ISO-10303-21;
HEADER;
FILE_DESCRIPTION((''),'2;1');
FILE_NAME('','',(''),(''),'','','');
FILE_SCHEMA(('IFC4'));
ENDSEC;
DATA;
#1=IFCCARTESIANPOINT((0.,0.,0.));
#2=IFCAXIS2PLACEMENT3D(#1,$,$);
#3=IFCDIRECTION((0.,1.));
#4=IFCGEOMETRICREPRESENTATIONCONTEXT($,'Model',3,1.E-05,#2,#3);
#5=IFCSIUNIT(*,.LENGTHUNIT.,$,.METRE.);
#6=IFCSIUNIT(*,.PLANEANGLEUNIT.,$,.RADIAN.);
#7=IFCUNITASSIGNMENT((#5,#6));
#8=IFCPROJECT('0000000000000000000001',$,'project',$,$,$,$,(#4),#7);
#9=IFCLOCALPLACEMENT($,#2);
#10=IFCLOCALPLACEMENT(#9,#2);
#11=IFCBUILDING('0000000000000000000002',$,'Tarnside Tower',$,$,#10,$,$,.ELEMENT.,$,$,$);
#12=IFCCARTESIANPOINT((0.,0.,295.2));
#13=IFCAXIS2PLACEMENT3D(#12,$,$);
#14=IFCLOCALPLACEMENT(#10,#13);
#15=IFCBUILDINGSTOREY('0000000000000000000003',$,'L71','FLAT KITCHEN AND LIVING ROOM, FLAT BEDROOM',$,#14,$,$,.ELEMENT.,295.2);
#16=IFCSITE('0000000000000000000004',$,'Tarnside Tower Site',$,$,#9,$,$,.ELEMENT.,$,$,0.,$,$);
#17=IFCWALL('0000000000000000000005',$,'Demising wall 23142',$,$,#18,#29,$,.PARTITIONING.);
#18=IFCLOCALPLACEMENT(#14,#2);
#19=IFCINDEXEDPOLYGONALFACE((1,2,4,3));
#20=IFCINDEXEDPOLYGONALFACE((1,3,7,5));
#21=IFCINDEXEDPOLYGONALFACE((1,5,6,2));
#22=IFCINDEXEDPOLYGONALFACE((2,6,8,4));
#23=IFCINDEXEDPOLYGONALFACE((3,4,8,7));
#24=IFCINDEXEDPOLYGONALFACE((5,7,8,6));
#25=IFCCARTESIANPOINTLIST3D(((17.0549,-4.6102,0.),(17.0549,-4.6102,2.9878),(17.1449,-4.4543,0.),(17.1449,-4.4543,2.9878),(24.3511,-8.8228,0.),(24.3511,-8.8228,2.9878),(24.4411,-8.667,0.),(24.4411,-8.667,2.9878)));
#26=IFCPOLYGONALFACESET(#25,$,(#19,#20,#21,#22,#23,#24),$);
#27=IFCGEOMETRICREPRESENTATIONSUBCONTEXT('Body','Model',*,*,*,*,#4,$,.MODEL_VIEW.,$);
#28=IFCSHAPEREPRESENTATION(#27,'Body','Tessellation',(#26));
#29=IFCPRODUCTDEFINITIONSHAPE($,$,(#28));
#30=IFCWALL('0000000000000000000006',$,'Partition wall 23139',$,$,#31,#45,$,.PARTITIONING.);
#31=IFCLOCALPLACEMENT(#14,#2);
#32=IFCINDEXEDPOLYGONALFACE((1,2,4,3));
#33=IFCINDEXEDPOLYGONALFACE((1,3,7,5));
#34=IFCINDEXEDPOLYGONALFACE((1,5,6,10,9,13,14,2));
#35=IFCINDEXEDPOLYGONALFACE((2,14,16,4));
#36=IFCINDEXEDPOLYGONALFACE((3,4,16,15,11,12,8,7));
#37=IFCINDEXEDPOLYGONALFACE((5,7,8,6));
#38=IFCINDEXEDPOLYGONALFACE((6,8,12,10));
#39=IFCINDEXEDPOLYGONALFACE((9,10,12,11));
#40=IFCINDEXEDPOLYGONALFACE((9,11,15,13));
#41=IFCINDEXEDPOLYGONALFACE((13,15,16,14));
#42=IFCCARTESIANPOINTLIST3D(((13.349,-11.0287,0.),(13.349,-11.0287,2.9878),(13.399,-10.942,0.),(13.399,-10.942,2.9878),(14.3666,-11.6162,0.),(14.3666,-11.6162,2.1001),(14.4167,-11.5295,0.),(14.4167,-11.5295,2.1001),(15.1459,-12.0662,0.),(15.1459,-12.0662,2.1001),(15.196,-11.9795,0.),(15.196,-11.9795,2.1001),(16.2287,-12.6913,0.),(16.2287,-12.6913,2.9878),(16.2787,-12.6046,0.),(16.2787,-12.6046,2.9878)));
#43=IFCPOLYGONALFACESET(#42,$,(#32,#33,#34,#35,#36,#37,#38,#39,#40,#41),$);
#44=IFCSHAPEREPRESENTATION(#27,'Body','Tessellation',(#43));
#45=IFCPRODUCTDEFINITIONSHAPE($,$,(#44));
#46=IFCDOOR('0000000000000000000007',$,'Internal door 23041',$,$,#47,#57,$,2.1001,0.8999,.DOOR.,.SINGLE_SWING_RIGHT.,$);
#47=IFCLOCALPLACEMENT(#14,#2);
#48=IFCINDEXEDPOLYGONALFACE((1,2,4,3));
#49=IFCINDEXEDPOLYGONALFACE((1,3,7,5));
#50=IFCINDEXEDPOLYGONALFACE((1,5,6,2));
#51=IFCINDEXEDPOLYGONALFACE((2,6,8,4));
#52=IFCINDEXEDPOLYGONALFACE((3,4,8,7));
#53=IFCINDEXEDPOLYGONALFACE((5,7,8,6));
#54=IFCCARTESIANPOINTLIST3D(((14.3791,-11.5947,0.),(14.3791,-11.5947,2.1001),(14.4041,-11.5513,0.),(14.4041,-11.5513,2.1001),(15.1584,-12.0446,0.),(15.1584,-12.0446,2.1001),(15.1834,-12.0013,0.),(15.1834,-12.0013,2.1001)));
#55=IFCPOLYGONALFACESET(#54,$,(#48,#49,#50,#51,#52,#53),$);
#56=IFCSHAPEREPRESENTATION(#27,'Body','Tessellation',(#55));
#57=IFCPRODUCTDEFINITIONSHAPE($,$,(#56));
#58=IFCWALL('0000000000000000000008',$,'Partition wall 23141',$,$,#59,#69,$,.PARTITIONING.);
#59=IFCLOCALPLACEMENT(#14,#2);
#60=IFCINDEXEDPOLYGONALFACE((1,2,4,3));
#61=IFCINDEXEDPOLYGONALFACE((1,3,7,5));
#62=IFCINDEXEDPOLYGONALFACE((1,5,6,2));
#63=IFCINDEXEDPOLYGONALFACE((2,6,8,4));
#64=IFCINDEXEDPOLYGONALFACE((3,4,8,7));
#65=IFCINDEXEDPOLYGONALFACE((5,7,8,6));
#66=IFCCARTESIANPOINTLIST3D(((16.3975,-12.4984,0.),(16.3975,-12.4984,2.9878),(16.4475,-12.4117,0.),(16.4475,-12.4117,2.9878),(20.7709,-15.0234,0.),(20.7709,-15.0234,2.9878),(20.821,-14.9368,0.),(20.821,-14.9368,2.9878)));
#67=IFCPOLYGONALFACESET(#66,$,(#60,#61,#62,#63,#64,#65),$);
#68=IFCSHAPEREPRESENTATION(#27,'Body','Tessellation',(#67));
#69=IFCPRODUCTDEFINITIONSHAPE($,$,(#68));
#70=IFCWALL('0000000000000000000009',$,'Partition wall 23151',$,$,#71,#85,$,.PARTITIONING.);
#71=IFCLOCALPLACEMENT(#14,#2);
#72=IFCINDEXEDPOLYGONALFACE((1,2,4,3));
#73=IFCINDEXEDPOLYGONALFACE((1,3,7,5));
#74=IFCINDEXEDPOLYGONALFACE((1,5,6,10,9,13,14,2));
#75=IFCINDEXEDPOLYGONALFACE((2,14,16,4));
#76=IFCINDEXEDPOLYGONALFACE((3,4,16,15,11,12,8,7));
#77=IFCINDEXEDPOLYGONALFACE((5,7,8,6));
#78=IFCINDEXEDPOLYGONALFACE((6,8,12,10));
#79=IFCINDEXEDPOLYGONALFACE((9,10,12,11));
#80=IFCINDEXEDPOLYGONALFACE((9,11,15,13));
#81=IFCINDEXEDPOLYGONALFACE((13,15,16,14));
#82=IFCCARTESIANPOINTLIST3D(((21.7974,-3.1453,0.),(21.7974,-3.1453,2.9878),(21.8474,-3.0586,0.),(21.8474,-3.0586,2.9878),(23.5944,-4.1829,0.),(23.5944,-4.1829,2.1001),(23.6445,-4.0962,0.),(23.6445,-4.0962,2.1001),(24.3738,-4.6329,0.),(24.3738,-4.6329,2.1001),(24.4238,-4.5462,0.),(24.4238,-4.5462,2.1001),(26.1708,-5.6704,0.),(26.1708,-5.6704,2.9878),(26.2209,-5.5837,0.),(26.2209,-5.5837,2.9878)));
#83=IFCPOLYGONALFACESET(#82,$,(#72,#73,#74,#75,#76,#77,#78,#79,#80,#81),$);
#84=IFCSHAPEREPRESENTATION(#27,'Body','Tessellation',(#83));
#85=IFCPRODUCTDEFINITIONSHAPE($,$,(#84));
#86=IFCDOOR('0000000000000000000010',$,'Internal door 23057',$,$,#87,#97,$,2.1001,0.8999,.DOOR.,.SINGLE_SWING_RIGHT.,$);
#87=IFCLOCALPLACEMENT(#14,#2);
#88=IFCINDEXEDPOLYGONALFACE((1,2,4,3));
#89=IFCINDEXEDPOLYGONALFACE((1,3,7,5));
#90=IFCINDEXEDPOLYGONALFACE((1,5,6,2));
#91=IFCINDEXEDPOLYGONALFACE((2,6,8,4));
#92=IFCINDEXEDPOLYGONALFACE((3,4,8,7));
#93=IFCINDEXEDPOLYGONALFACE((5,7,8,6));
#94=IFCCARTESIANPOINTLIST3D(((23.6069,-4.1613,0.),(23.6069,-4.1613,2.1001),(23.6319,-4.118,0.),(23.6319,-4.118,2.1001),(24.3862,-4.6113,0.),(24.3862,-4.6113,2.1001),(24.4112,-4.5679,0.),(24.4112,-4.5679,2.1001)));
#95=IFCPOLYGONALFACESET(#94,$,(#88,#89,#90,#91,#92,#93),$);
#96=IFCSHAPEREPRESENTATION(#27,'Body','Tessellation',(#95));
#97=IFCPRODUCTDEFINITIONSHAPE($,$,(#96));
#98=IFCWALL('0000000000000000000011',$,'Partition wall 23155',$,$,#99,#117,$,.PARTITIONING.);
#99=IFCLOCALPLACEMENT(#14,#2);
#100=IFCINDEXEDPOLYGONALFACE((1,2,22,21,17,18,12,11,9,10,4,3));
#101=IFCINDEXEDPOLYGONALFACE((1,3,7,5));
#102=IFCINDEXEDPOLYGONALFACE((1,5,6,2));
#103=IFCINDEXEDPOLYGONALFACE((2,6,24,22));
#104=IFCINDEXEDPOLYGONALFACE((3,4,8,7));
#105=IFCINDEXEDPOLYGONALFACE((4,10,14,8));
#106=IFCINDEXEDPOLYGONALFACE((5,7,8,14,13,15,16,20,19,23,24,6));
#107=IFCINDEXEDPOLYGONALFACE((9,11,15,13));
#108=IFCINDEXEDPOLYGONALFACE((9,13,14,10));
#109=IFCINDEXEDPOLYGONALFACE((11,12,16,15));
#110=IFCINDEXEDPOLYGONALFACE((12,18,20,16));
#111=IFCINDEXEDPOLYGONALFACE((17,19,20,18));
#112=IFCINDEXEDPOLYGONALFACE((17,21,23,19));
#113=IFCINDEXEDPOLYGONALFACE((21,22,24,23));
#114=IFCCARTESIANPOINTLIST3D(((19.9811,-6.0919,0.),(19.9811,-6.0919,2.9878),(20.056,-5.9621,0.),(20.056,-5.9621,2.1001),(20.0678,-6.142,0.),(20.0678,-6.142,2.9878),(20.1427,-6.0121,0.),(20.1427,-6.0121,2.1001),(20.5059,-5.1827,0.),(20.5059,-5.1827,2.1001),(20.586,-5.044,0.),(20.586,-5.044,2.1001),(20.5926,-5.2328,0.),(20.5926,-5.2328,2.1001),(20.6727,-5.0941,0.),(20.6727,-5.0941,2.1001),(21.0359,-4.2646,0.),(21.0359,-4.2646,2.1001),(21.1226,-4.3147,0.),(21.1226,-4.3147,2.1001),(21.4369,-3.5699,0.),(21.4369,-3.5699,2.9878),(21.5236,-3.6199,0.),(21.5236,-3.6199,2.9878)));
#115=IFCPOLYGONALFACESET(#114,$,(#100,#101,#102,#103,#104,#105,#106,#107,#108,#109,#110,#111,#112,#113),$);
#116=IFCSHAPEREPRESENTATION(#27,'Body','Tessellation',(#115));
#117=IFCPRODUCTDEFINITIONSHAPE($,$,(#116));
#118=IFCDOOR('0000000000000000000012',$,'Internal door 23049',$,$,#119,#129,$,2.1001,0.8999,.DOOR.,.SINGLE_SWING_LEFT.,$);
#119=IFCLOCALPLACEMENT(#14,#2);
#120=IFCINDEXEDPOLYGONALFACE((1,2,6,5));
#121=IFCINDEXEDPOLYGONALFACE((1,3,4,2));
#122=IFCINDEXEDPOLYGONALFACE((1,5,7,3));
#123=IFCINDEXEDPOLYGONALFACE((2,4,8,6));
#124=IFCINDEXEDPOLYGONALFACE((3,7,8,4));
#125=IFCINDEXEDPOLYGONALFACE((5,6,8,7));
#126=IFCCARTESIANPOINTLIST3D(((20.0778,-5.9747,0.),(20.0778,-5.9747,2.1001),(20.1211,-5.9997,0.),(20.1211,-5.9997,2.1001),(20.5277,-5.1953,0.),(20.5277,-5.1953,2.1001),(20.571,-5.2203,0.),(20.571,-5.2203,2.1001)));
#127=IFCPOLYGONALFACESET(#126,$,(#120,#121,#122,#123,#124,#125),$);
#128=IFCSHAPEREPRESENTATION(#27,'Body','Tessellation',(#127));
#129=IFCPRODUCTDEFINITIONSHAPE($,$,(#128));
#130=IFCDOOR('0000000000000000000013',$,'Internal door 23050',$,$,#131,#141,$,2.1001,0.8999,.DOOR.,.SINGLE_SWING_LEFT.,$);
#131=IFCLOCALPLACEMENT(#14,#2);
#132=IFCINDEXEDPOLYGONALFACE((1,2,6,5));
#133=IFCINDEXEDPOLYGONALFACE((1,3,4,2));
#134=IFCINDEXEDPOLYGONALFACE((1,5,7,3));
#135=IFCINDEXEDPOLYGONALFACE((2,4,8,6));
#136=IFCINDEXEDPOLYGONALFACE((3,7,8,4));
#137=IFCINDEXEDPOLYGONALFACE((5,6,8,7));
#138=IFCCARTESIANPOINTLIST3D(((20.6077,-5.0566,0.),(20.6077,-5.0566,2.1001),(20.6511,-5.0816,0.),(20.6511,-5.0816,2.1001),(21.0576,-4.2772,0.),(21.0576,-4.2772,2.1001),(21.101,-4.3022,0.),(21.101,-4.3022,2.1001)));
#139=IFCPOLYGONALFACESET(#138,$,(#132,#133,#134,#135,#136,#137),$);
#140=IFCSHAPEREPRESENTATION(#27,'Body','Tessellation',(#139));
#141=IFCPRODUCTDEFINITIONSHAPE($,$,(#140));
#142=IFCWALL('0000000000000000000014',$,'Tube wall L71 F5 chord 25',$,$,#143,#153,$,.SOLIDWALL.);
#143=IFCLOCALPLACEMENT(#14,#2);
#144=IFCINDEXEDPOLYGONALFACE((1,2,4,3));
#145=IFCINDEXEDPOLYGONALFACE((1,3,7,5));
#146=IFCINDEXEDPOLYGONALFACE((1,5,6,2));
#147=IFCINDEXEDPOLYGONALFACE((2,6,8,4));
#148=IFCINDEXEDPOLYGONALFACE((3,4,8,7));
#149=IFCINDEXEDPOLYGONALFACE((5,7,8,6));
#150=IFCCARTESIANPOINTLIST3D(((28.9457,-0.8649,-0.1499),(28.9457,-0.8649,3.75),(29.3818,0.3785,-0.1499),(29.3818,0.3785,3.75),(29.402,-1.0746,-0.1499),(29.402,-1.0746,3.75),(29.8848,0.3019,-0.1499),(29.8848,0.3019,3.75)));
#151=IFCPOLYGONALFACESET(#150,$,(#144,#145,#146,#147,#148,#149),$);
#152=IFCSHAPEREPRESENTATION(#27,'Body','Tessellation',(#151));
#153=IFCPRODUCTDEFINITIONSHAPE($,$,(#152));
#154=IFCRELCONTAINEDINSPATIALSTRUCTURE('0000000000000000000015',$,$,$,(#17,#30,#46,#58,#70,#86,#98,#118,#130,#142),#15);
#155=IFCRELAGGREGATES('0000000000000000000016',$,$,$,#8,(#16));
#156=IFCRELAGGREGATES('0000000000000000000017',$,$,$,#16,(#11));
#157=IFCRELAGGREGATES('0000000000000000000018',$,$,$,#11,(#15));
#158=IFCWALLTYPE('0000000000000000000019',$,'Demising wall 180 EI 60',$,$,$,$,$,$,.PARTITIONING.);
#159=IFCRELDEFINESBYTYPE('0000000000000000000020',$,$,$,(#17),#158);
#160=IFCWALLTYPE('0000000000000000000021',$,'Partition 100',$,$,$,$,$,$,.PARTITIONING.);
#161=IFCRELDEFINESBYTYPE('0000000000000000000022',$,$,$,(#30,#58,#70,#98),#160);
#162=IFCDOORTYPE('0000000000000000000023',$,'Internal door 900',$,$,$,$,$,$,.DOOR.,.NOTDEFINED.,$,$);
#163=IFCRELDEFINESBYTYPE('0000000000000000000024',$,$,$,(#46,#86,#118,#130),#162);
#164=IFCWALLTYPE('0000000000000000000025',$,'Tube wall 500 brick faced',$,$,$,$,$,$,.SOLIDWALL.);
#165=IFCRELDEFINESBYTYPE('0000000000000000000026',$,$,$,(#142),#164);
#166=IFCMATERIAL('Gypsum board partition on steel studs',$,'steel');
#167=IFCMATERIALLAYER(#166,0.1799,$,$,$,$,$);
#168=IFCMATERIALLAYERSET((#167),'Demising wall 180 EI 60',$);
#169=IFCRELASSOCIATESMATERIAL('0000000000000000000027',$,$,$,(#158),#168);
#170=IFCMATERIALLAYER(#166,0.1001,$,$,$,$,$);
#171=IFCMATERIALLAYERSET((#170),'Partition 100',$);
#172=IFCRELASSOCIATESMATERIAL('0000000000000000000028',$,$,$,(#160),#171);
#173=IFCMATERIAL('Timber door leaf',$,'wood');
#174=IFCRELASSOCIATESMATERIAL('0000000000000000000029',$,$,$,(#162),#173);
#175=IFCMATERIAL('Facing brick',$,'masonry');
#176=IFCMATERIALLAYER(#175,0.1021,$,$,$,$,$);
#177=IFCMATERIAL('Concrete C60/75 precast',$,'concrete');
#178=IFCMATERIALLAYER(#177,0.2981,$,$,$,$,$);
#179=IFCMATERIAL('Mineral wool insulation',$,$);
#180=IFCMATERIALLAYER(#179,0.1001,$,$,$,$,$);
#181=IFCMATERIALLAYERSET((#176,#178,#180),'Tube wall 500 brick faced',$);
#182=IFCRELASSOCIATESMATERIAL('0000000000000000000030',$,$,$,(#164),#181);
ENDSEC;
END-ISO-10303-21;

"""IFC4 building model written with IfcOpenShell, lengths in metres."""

from ifc_helpers import new_model, si_unit, direction, frame, frame_2d, origin, place, context, subcontext, project, spatial, polyline, rectangle, outline, extrude, material, layer, layer_set, type_object, element, fill, save


model = new_model("IFC4")

# Units and contexts
model_context = context("Model", 3, precision=1e-05, world=origin(), true_north=direction((0.0, 1.0)))
body_context = subcontext(model_context, "Body", "Model", "MODEL_VIEW")
ifc_project = project(units=[si_unit("LENGTHUNIT", "METRE"), si_unit("PLANEANGLEUNIT", "RADIAN")], contexts=[model_context])

# Site, building, storey
site_placement = place(None, origin())
site = spatial("IfcSite", under=ifc_project, at=site_placement, Name="Tarnside Tower Site", CompositionType="ELEMENT", RefElevation=0.0)
building_placement = place(site_placement, origin())
building = spatial("IfcBuilding", under=site, at=building_placement, Name="Tarnside Tower", CompositionType="ELEMENT")
storey_placement = place(building_placement, frame((0.0, 0.0, 295.2)))
storey = spatial("IfcBuildingStorey", under=building, at=storey_placement, Name="L71", Description="FLAT KITCHEN AND LIVING ROOM, FLAT BEDROOM", CompositionType="ELEMENT", Elevation=295.2)

# Shared definitions
ifc_material_1 = material(Name="Gypsum board partition on steel studs", Category="steel")
ifc_material_2 = material(Name="Timber door leaf", Category="wood")

# Wall
ifc_layer_1 = layer(ifc_material_1, 0.1799)
ifc_layer_set_1 = layer_set([ifc_layer_1], Name="Demising wall 180 EI 60")
wall_type_1 = type_object("IfcWallType", Name="Demising wall 180 EI 60", PredefinedType="PARTITIONING", material=ifc_layer_set_1)
wall_1_placement = place(storey_placement, frame((24.396, -8.7449, 0.0), z_axis=(0.0, 0.0, 1.0), x_axis=(-0.866014, 0.500019, 0.0)))
element("IfcWall", 1, at=wall_1_placement, inside=storey, type_object=wall_type_1, Name="Demising wall 23142", PredefinedType="PARTITIONING", context=body_context, shape_type="SweptSolid", body=[
    extrude(rectangle(XDim=8.425, YDim=0.1799, at=frame_2d((4.2124, 0.0))), origin(), (0.0, 0.0, 1.0), 2.9878),
])

# Wall, opening, door
ifc_layer_2 = layer(ifc_material_1, 0.1001)
ifc_layer_set_2 = layer_set([ifc_layer_2], Name="Partition 100")
wall_type_2 = type_object("IfcWallType", Name="Partition 100", PredefinedType="PARTITIONING", material=ifc_layer_set_2)
wall_2_placement = place(storey_placement, frame((13.374, -10.9854, 0.0), z_axis=(0.0, 0.0, 1.0), x_axis=(0.866021, -0.500008, 0.0)))
wall_2 = element("IfcWall", 2, at=wall_2_placement, inside=storey, type_object=wall_type_2, Name="Partition wall 23139", PredefinedType="PARTITIONING", context=body_context, shape_type="SweptSolid", body=[
    extrude(rectangle(XDim=3.3252, YDim=0.1001, at=frame_2d((1.6626, 0.0))), origin(), (0.0, 0.0, 1.0), 2.9878),
])
opening_1_placement = place(wall_2_placement, frame((1.175, 0.0, 0.0)))
opening_1 = element("IfcOpeningElement", 3, at=opening_1_placement, cuts=wall_2, PredefinedType="OPENING", context=body_context, shape_type="SweptSolid", body=[
    extrude(rectangle(XDim=0.8999, YDim=2.1001, at=frame_2d((0.45, 1.05))), frame((0.0, 0.0601, 0.0), z_axis=(0.0, -1.0, 0.0), x_axis=(1.0, 0.0, 0.0)), (0.0, 0.0, 1.0), 0.1201),
])
door_type_1 = type_object("IfcDoorType", Name="Internal door 900", OperationType="NOTDEFINED", PredefinedType="DOOR", material=ifc_material_2)
door_1_placement = place(opening_1_placement, origin())
door_1 = element("IfcDoor", 4, at=door_1_placement, inside=storey, type_object=door_type_1, Name="Internal door 23041", OperationType="SINGLE_SWING_RIGHT", OverallHeight=2.1001, OverallWidth=0.8999, PredefinedType="DOOR", context=body_context, shape_type="SweptSolid", body=[
    extrude(rectangle(XDim=0.8999, YDim=2.1001, at=frame_2d((0.45, 1.05))), frame((0.0, 0.0249, 0.0), z_axis=(0.0, -1.0, 0.0), x_axis=(1.0, 0.0, 0.0)), (0.0, 0.0, 1.0), 0.05),
])
fill(opening_1, door_1)

# Wall
wall_3_placement = place(storey_placement, frame((16.4226, -12.4551, 0.0), z_axis=(0.0, 0.0, 1.0), x_axis=(0.866018, -0.500013, 0.0)))
element("IfcWall", 5, at=wall_3_placement, inside=storey, type_object=wall_type_2, Name="Partition wall 23141", PredefinedType="PARTITIONING", context=body_context, shape_type="SweptSolid", body=[
    extrude(rectangle(XDim=5.05, YDim=0.1001, at=frame_2d((2.5249, 0.0))), origin(), (0.0, 0.0, 1.0), 2.9878),
])

# Wall, opening, door
wall_4_placement = place(storey_placement, frame((21.8225, -3.1021, 0.0), z_axis=(0.0, 0.0, 1.0), x_axis=(0.866018, -0.500013, 0.0)))
wall_4 = element("IfcWall", 6, at=wall_4_placement, inside=storey, type_object=wall_type_2, Name="Partition wall 23151", PredefinedType="PARTITIONING", context=body_context, shape_type="SweptSolid", body=[
    extrude(rectangle(XDim=5.05, YDim=0.1001, at=frame_2d((2.5249, 0.0))), origin(), (0.0, 0.0, 1.0), 2.9878),
])
opening_2_placement = place(wall_4_placement, frame((2.075, 0.0, 0.0)))
opening_2 = element("IfcOpeningElement", 7, at=opening_2_placement, cuts=wall_4, PredefinedType="OPENING", context=body_context, shape_type="SweptSolid", body=[
    extrude(rectangle(XDim=0.8999, YDim=2.1001, at=frame_2d((0.45, 1.05))), frame((0.0, 0.0601, 0.0), z_axis=(0.0, -1.0, 0.0), x_axis=(1.0, 0.0, 0.0)), (0.0, 0.0, 1.0), 0.1201),
])
door_2_placement = place(opening_2_placement, origin())
door_2 = element("IfcDoor", 8, at=door_2_placement, inside=storey, type_object=door_type_1, Name="Internal door 23057", OperationType="SINGLE_SWING_RIGHT", OverallHeight=2.1001, OverallWidth=0.8999, PredefinedType="DOOR", context=body_context, shape_type="SweptSolid", body=[
    extrude(rectangle(XDim=0.8999, YDim=2.1001, at=frame_2d((0.45, 1.05))), frame((0.0, 0.0249, 0.0), z_axis=(0.0, -1.0, 0.0), x_axis=(1.0, 0.0, 0.0)), (0.0, 0.0, 1.0), 0.05),
])
fill(opening_2, door_2)

# Wall, openings, doors
wall_5_placement = place(storey_placement, frame((20.0244, -6.1169, 0.0), z_axis=(0.0, 0.0, 1.0), x_axis=(0.499935, 0.866063, 0.0)))
wall_5 = element("IfcWall", 9, at=wall_5_placement, inside=storey, type_object=wall_type_2, Name="Partition wall 23155", PredefinedType="PARTITIONING", context=body_context, shape_type="SweptSolid", body=[
    extrude(rectangle(XDim=2.9121, YDim=0.1001, at=frame_2d((1.4561, 0.0))), origin(), (0.0, 0.0, 1.0), 2.9878),
])
opening_3_placement = place(wall_5_placement, frame((0.1499, 0.0, 0.0)))
opening_3 = element("IfcOpeningElement", 10, at=opening_3_placement, cuts=wall_5, PredefinedType="OPENING", context=body_context, shape_type="SweptSolid", body=[
    extrude(rectangle(XDim=0.8999, YDim=2.1001, at=frame_2d((0.45, 1.05))), frame((0.0, 0.0601, 0.0), z_axis=(0.0, -1.0, 0.0), x_axis=(1.0, 0.0, 0.0)), (0.0, 0.0, 1.0), 0.1201),
])
opening_4_placement = place(wall_5_placement, frame((1.21, 0.0, 0.0)))
opening_4 = element("IfcOpeningElement", 11, at=opening_4_placement, cuts=wall_5, PredefinedType="OPENING", context=body_context, shape_type="SweptSolid", body=[
    extrude(rectangle(XDim=0.8999, YDim=2.1001, at=frame_2d((0.45, 1.05))), frame((0.0, 0.0601, 0.0), z_axis=(0.0, -1.0, 0.0), x_axis=(1.0, 0.0, 0.0)), (0.0, 0.0, 1.0), 0.1201),
])
door_3_placement = place(opening_3_placement, origin())
door_3 = element("IfcDoor", 12, at=door_3_placement, inside=storey, type_object=door_type_1, Name="Internal door 23049", OperationType="SINGLE_SWING_LEFT", OverallHeight=2.1001, OverallWidth=0.8999, PredefinedType="DOOR", context=body_context, shape_type="SweptSolid", body=[
    extrude(rectangle(XDim=0.8999, YDim=2.1001, at=frame_2d((0.45, 1.05))), frame((0.0, 0.0249, 0.0), z_axis=(0.0, -1.0, 0.0), x_axis=(1.0, 0.0, 0.0)), (0.0, 0.0, 1.0), 0.05),
])
fill(opening_3, door_3)
door_4_placement = place(opening_4_placement, origin())
door_4 = element("IfcDoor", 13, at=door_4_placement, inside=storey, type_object=door_type_1, Name="Internal door 23050", OperationType="SINGLE_SWING_LEFT", OverallHeight=2.1001, OverallWidth=0.8999, PredefinedType="DOOR", context=body_context, shape_type="SweptSolid", body=[
    extrude(rectangle(XDim=0.8999, YDim=2.1001, at=frame_2d((0.45, 1.05))), frame((0.0, 0.0249, 0.0), z_axis=(0.0, -1.0, 0.0), x_axis=(1.0, 0.0, 0.0)), (0.0, 0.0, 1.0), 0.05),
])
fill(opening_4, door_4)

# Wall
ifc_material_3 = material(Name="Facing brick", Category="masonry")
ifc_layer_3 = layer(ifc_material_3, 0.1021)
ifc_material_4 = material(Name="Concrete C60/75 precast", Category="concrete")
ifc_layer_4 = layer(ifc_material_4, 0.2981)
ifc_material_5 = material(Name="Mineral wool insulation")
ifc_layer_5 = layer(ifc_material_5, 0.1001)
ifc_layer_set_3 = layer_set([ifc_layer_3, ifc_layer_4, ifc_layer_5], Name="Tube wall 500 brick faced")
wall_type_3 = type_object("IfcWallType", Name="Tube wall 500 brick faced", PredefinedType="SOLIDWALL", material=ifc_layer_set_3)
wall_6_placement = place(storey_placement, frame((29.1738, -0.9697, -0.1499), z_axis=(0.0, 0.0, 1.0), x_axis=(0.330961, 0.943644, 0.0)))
element("IfcWall", 14, at=wall_6_placement, inside=storey, type_object=wall_type_3, Name="Tube wall L71 F5 chord 25", PredefinedType="SOLIDWALL", context=body_context, shape_type="SweptSolid", body=[
    extrude(outline(polyline([(-0.0234, -0.25), (1.4353, -0.25), (1.3411, 0.25), (0.0234, 0.25), (-0.0234, -0.25)])), origin(), (0.0, 0.0, 1.0), 3.8999),
])

save(model, "model.ifc")
